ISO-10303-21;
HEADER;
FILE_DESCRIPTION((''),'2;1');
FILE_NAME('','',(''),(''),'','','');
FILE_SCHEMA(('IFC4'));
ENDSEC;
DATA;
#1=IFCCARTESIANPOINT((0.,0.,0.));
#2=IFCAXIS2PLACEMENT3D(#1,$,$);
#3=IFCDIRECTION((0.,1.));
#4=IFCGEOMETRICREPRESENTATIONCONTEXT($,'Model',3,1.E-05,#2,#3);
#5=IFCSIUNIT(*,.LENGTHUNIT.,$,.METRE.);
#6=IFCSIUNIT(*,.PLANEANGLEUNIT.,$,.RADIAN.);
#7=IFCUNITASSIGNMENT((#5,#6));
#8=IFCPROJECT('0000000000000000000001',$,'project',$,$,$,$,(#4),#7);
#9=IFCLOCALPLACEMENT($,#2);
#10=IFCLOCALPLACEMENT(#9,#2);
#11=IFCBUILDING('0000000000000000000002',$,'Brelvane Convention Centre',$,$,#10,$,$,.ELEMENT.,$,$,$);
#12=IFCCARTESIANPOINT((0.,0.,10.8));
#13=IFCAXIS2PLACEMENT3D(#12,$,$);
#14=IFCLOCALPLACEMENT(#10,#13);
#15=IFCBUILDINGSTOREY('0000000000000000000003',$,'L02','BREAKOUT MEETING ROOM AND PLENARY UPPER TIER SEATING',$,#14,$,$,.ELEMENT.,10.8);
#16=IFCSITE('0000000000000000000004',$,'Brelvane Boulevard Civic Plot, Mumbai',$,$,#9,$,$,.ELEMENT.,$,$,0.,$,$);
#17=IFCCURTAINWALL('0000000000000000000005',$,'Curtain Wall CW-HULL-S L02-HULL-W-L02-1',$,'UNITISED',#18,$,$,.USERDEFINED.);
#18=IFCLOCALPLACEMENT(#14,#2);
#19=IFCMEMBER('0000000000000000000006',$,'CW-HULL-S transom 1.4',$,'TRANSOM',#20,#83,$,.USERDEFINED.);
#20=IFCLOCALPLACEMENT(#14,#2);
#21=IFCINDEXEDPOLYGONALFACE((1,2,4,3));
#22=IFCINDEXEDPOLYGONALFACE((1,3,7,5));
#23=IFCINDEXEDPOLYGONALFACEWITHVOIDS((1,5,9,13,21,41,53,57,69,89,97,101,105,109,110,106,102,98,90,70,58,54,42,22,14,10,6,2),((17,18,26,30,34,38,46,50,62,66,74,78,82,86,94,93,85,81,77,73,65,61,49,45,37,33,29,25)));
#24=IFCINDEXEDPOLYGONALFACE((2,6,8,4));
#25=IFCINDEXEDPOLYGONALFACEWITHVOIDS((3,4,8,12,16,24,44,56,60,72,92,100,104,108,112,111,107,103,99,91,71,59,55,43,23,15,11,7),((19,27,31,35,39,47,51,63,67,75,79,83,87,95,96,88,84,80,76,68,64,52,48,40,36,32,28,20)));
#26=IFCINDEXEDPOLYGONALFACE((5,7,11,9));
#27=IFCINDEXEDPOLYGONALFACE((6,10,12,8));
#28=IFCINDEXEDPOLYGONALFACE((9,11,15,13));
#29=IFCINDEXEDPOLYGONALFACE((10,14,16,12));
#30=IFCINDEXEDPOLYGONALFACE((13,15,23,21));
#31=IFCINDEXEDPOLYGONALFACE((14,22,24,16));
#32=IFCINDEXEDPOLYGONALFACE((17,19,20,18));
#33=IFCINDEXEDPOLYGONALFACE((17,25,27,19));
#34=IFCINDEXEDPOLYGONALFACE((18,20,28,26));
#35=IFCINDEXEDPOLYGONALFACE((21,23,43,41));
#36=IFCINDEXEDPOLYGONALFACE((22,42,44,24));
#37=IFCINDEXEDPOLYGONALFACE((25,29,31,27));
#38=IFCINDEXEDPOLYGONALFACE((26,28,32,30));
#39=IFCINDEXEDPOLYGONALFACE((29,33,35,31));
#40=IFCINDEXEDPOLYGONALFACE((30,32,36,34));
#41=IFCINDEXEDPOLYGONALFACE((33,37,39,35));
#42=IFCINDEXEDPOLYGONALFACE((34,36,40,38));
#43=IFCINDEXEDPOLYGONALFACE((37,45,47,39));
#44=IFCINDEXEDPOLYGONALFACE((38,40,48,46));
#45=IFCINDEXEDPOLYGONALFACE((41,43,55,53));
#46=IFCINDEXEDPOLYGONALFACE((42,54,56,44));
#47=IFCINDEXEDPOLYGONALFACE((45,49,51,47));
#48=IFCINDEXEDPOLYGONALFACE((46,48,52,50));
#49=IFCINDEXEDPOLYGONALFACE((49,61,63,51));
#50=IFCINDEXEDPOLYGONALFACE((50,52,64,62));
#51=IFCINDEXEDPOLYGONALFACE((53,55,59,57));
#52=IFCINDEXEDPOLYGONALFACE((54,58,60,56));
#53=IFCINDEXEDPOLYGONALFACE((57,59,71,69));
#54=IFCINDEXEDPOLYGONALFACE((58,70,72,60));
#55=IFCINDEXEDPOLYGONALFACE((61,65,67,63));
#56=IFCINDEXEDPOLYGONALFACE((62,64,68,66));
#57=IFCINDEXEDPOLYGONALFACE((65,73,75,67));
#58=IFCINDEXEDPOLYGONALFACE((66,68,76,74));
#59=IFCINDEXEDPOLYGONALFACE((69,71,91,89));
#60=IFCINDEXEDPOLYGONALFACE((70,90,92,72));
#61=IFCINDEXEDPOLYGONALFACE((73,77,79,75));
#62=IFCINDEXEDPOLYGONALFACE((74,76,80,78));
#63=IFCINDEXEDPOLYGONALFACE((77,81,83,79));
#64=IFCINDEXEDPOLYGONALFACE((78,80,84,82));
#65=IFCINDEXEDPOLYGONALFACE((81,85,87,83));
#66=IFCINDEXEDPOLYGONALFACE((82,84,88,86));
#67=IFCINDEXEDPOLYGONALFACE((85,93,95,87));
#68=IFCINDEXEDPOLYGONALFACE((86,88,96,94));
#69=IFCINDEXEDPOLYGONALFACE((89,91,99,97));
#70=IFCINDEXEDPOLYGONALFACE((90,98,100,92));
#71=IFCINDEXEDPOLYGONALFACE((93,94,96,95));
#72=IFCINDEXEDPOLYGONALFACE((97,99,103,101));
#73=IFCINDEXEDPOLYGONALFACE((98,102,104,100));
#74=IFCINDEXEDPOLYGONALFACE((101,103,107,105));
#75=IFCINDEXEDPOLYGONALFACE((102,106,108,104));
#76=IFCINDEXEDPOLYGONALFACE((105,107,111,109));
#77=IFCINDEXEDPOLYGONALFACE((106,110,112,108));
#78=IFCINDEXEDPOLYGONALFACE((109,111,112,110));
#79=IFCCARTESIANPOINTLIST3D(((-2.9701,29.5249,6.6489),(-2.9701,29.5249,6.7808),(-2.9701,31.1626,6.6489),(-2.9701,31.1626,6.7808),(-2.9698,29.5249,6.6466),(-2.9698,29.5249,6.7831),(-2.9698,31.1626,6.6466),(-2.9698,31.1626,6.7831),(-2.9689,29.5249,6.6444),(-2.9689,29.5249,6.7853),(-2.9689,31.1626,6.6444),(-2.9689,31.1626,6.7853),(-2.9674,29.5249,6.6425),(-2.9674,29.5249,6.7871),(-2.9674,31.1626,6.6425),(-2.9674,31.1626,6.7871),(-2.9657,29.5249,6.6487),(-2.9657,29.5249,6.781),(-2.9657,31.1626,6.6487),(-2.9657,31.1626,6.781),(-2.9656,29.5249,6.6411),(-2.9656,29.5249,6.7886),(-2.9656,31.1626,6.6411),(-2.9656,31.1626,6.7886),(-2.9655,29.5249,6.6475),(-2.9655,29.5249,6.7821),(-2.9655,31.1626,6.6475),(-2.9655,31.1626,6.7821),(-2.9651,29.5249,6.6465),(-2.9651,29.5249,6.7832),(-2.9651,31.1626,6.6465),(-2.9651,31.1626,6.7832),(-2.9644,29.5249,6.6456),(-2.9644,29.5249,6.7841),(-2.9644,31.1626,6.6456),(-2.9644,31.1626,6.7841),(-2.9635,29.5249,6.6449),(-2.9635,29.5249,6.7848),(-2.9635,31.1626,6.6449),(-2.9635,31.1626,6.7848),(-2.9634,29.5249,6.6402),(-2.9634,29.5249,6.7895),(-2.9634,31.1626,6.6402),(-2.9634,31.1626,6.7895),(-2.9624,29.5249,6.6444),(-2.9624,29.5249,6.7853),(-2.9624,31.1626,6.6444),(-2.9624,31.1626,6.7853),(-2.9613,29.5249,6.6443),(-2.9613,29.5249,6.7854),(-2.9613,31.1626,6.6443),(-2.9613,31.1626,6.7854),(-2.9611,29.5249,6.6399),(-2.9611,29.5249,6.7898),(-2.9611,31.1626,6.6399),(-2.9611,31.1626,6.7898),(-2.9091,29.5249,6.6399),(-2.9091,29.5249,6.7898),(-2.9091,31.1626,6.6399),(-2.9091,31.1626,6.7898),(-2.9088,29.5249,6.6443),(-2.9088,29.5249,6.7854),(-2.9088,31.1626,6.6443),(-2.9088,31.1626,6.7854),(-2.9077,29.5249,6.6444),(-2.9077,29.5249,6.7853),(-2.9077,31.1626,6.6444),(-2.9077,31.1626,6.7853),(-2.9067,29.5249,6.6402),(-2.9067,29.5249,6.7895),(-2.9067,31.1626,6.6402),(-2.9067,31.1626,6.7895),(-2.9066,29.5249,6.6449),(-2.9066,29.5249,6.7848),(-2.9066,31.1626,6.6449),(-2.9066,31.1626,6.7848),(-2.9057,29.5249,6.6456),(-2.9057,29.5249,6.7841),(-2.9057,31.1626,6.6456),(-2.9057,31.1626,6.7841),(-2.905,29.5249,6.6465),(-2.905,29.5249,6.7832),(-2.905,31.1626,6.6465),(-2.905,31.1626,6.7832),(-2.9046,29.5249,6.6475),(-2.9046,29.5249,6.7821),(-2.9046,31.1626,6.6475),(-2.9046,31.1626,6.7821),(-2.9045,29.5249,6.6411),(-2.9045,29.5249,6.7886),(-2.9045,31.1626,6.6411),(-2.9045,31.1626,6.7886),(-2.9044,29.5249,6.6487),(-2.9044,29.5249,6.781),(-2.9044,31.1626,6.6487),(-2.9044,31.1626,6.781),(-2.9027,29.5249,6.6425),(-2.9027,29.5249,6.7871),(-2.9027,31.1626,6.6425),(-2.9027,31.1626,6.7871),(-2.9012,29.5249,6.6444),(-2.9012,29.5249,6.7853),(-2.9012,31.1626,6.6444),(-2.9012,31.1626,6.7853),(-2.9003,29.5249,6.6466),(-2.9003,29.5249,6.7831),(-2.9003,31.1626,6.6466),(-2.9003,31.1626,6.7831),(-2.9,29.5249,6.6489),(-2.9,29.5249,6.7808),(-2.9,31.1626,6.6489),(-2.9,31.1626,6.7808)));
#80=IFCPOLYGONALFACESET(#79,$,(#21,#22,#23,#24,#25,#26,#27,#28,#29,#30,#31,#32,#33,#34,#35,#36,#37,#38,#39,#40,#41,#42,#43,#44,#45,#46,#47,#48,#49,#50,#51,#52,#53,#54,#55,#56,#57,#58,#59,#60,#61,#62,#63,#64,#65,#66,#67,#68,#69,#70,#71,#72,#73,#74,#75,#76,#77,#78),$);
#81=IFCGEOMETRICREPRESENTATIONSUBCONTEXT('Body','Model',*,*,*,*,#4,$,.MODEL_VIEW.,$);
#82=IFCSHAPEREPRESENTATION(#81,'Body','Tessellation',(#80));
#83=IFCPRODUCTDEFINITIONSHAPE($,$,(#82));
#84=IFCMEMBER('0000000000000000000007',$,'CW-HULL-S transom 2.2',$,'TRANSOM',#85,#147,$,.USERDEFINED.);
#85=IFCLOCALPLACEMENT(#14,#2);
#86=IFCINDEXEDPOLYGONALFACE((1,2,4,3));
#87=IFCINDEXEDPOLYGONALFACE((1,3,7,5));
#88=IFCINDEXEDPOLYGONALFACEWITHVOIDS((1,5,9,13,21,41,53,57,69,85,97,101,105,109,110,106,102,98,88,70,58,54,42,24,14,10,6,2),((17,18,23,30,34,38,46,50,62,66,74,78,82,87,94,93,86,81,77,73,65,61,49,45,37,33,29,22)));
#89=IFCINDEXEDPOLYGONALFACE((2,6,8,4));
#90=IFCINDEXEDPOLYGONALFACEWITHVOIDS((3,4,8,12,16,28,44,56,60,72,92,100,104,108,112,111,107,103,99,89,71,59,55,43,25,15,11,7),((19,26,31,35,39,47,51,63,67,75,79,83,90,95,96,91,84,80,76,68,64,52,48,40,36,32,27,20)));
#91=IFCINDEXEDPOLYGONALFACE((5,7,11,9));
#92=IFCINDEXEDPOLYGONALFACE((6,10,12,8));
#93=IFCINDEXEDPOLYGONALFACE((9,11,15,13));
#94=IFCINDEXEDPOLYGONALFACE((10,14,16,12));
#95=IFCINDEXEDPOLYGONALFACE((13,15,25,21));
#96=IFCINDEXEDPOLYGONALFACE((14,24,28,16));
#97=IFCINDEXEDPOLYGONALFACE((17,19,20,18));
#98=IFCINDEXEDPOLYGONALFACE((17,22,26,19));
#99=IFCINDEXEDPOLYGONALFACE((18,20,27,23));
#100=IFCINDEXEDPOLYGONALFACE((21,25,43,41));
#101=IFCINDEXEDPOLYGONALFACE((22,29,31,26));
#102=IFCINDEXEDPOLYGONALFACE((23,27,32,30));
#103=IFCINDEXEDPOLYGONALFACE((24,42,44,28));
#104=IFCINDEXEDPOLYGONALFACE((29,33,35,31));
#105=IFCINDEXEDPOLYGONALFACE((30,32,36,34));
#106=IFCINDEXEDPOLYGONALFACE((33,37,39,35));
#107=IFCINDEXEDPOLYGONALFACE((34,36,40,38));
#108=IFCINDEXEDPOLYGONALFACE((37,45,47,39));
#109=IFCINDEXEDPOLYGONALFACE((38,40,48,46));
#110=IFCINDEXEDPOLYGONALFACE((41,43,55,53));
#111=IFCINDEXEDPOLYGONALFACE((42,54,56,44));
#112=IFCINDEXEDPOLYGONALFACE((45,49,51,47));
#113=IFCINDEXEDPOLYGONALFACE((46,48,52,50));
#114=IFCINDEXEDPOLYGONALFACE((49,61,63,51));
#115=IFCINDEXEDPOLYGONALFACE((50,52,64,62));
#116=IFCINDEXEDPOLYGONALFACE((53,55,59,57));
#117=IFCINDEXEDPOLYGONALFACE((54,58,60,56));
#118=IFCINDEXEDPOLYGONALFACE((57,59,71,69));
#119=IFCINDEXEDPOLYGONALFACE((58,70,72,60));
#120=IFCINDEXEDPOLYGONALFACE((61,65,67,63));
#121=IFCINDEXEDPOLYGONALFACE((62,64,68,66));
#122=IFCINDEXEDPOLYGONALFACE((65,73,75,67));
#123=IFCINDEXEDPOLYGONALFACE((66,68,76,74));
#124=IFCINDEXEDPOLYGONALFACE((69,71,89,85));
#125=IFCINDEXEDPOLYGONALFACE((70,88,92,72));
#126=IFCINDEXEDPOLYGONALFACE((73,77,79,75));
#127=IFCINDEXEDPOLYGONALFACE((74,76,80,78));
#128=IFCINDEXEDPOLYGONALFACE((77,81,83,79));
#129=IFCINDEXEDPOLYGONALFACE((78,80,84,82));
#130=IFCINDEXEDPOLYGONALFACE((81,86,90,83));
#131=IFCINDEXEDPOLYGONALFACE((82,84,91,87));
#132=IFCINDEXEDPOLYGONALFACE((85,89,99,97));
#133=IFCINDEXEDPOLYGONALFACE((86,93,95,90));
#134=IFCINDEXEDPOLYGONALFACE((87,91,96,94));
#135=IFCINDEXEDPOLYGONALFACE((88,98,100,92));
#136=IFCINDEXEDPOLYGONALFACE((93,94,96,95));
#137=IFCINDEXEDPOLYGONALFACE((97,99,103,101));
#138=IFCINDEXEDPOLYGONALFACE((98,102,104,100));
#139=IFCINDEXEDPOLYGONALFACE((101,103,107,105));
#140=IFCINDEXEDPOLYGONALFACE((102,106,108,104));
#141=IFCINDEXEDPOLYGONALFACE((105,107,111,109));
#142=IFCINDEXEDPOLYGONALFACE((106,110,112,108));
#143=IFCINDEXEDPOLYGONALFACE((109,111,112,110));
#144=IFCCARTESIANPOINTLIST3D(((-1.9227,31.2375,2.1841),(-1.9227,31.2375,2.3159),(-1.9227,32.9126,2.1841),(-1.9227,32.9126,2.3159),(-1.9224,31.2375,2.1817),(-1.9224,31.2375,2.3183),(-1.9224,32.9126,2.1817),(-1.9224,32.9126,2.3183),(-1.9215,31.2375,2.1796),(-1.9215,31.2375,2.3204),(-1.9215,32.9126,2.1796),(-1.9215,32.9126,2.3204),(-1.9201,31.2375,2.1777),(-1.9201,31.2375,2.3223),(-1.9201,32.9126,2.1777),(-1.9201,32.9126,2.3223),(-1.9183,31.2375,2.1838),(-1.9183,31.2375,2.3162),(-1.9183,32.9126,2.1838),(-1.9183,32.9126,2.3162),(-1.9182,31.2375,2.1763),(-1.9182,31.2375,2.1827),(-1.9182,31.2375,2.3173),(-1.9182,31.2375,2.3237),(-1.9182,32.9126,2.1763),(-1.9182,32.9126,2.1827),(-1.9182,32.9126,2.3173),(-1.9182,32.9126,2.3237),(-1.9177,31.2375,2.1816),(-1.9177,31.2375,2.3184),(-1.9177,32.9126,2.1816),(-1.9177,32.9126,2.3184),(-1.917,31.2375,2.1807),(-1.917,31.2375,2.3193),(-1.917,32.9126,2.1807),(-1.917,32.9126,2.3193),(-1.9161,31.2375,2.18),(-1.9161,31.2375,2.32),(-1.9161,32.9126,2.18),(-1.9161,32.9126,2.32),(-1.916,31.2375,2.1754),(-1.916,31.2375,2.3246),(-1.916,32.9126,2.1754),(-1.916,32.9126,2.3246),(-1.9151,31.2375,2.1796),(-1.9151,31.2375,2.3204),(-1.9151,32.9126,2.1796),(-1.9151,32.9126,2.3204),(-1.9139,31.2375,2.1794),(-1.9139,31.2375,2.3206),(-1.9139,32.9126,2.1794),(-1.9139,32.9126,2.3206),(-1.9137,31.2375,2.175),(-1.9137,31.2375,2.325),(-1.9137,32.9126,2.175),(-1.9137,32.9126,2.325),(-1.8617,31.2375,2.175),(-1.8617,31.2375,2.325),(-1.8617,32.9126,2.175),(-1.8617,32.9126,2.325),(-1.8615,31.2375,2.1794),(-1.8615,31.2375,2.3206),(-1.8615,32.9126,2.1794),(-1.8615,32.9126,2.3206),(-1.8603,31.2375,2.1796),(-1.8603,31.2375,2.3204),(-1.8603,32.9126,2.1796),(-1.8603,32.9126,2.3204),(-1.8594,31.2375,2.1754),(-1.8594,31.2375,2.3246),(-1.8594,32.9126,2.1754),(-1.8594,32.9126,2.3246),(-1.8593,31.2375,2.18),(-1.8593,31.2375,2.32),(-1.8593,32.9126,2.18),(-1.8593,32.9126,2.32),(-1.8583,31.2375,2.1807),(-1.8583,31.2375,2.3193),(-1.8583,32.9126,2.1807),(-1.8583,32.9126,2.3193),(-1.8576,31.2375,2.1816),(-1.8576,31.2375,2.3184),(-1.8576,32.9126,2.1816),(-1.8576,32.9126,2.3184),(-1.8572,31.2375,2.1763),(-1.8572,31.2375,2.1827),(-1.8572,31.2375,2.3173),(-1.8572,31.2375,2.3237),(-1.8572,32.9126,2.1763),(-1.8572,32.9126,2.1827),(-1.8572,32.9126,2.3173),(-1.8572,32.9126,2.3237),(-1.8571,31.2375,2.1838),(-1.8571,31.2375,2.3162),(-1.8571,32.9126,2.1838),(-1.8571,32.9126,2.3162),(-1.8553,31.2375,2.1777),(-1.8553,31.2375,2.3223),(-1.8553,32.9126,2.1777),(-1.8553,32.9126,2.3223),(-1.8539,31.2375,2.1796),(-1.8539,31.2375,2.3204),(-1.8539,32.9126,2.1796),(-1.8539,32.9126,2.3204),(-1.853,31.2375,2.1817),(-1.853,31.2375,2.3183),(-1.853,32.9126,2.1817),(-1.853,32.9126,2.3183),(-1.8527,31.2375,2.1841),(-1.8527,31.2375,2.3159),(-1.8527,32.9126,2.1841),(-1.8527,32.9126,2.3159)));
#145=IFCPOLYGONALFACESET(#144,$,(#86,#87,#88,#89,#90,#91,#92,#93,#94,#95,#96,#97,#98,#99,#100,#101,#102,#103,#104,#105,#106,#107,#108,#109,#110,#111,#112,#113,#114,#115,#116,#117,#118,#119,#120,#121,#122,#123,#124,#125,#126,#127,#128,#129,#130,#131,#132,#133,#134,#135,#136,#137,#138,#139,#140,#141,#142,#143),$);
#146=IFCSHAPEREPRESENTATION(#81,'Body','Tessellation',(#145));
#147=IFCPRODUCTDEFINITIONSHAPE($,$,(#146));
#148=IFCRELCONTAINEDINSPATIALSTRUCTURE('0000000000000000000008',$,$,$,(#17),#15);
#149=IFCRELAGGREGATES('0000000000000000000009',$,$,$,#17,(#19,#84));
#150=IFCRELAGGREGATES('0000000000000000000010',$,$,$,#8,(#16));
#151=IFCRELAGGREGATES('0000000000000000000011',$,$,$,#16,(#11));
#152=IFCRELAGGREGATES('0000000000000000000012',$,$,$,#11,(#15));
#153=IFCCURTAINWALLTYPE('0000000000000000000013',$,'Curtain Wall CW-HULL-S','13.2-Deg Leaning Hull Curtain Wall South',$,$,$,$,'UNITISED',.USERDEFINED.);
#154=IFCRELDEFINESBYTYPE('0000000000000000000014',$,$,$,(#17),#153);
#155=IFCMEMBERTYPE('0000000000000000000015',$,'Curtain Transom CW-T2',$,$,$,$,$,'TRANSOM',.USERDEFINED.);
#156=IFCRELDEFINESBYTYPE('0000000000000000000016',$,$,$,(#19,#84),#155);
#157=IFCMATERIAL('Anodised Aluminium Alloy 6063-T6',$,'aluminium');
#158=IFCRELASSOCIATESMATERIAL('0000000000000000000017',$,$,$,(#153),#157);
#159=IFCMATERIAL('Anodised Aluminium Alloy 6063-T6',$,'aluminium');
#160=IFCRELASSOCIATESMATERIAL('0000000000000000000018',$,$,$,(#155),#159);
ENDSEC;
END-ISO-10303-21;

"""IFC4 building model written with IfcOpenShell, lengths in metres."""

from ifc_helpers import new_model, si_unit, direction, frame, origin, origin_2d, place, context, subcontext, project, spatial, hollow_rectangle, extrude, material, material_profile, profile_set, type_object, element, aggregate, save


model = new_model("IFC4")

# Units and contexts
model_context = context("Model", 3, precision=1e-05, world=origin(), true_north=direction((0.0, 1.0)))
body_context = subcontext(model_context, "Body", "Model", "MODEL_VIEW")
ifc_project = project(units=[si_unit("LENGTHUNIT", "METRE"), si_unit("PLANEANGLEUNIT", "RADIAN")], contexts=[model_context])

# Site, building, storey
site_placement = place(None, origin())
site = spatial("IfcSite", under=ifc_project, at=site_placement, Name="Brelvane Boulevard Civic Plot, Mumbai", CompositionType="ELEMENT", RefElevation=0.0)
building_placement = place(site_placement, origin())
building = spatial("IfcBuilding", under=site, at=building_placement, Name="Brelvane Convention Centre", CompositionType="ELEMENT")
storey_placement = place(building_placement, frame((0.0, 0.0, 10.8)))
storey = spatial("IfcBuildingStorey", under=building, at=storey_placement, Name="L02", Description="BREAKOUT MEETING ROOM AND PLENARY UPPER TIER SEATING", CompositionType="ELEMENT", Elevation=10.8)

# Curtain wall, members
ifc_material_1 = material(Name="Anodised Aluminium Alloy 6063-T6", Category="aluminium")
curtain_wall_type = type_object("IfcCurtainWallType", Name="Curtain Wall CW-HULL-S", Description="13.2-Deg Leaning Hull Curtain Wall South", ElementType="UNITISED", PredefinedType="USERDEFINED", material=ifc_material_1)
curtain_wall_1_placement = place(storey_placement, origin())
curtain_wall_1 = element("IfcCurtainWall", 1, at=curtain_wall_1_placement, inside=storey, type_object=curtain_wall_type, Name="Curtain Wall CW-HULL-S L02-HULL-W-L02-1", ObjectType="UNITISED", PredefinedType="USERDEFINED")
ifc_material_2 = material(Name="Anodised Aluminium Alloy 6063-T6", Category="aluminium")
ifc_material_profile = material_profile(ifc_material_2, hollow_rectangle(XDim=0.0701, YDim=0.1499, WallThickness=0.0044, InnerFilletRadius=0.0044, OuterFilletRadius=0.009, at=origin_2d()), Name="ALU-T 150x70x4.5")
ifc_profile_set = profile_set([ifc_material_profile], Name="Anodised Aluminium Alloy 6063-T6")
member_type = type_object("IfcMemberType", Name="Curtain Transom CW-T2", ElementType="TRANSOM", PredefinedType="USERDEFINED", material=ifc_profile_set)
member_1_placement = place(storey_placement, frame((-2.9351, 29.5249, 6.7148), z_axis=(0.0, 1.0, 0.0), x_axis=(-1.0, 0.0, 0.0)))
member_1 = element("IfcMember", 2, at=member_1_placement, type_object=member_type, Name="CW-HULL-S transom 1.4", ObjectType="TRANSOM", PredefinedType="USERDEFINED", context=body_context, shape_type="SweptSolid", body=[
    extrude(hollow_rectangle(XDim=0.0701, YDim=0.1499, WallThickness=0.0044, InnerFilletRadius=0.0044, OuterFilletRadius=0.009, at=origin_2d()), origin(), (0.0, 0.0, 1.0), 1.6377),
])
member_2_placement = place(storey_placement, frame((-1.8877, 31.2375, 2.25), z_axis=(0.0, 1.0, 0.0), x_axis=(-1.0, 0.0, 0.0)))
member_2 = element("IfcMember", 3, at=member_2_placement, type_object=member_type, Name="CW-HULL-S transom 2.2", ObjectType="TRANSOM", PredefinedType="USERDEFINED", context=body_context, shape_type="SweptSolid", body=[
    extrude(hollow_rectangle(XDim=0.0701, YDim=0.1499, WallThickness=0.0044, InnerFilletRadius=0.0044, OuterFilletRadius=0.009, at=origin_2d()), origin(), (0.0, 0.0, 1.0), 1.675),
])

aggregate(curtain_wall_1, [member_1, member_2])

save(model, "model.ifc")
